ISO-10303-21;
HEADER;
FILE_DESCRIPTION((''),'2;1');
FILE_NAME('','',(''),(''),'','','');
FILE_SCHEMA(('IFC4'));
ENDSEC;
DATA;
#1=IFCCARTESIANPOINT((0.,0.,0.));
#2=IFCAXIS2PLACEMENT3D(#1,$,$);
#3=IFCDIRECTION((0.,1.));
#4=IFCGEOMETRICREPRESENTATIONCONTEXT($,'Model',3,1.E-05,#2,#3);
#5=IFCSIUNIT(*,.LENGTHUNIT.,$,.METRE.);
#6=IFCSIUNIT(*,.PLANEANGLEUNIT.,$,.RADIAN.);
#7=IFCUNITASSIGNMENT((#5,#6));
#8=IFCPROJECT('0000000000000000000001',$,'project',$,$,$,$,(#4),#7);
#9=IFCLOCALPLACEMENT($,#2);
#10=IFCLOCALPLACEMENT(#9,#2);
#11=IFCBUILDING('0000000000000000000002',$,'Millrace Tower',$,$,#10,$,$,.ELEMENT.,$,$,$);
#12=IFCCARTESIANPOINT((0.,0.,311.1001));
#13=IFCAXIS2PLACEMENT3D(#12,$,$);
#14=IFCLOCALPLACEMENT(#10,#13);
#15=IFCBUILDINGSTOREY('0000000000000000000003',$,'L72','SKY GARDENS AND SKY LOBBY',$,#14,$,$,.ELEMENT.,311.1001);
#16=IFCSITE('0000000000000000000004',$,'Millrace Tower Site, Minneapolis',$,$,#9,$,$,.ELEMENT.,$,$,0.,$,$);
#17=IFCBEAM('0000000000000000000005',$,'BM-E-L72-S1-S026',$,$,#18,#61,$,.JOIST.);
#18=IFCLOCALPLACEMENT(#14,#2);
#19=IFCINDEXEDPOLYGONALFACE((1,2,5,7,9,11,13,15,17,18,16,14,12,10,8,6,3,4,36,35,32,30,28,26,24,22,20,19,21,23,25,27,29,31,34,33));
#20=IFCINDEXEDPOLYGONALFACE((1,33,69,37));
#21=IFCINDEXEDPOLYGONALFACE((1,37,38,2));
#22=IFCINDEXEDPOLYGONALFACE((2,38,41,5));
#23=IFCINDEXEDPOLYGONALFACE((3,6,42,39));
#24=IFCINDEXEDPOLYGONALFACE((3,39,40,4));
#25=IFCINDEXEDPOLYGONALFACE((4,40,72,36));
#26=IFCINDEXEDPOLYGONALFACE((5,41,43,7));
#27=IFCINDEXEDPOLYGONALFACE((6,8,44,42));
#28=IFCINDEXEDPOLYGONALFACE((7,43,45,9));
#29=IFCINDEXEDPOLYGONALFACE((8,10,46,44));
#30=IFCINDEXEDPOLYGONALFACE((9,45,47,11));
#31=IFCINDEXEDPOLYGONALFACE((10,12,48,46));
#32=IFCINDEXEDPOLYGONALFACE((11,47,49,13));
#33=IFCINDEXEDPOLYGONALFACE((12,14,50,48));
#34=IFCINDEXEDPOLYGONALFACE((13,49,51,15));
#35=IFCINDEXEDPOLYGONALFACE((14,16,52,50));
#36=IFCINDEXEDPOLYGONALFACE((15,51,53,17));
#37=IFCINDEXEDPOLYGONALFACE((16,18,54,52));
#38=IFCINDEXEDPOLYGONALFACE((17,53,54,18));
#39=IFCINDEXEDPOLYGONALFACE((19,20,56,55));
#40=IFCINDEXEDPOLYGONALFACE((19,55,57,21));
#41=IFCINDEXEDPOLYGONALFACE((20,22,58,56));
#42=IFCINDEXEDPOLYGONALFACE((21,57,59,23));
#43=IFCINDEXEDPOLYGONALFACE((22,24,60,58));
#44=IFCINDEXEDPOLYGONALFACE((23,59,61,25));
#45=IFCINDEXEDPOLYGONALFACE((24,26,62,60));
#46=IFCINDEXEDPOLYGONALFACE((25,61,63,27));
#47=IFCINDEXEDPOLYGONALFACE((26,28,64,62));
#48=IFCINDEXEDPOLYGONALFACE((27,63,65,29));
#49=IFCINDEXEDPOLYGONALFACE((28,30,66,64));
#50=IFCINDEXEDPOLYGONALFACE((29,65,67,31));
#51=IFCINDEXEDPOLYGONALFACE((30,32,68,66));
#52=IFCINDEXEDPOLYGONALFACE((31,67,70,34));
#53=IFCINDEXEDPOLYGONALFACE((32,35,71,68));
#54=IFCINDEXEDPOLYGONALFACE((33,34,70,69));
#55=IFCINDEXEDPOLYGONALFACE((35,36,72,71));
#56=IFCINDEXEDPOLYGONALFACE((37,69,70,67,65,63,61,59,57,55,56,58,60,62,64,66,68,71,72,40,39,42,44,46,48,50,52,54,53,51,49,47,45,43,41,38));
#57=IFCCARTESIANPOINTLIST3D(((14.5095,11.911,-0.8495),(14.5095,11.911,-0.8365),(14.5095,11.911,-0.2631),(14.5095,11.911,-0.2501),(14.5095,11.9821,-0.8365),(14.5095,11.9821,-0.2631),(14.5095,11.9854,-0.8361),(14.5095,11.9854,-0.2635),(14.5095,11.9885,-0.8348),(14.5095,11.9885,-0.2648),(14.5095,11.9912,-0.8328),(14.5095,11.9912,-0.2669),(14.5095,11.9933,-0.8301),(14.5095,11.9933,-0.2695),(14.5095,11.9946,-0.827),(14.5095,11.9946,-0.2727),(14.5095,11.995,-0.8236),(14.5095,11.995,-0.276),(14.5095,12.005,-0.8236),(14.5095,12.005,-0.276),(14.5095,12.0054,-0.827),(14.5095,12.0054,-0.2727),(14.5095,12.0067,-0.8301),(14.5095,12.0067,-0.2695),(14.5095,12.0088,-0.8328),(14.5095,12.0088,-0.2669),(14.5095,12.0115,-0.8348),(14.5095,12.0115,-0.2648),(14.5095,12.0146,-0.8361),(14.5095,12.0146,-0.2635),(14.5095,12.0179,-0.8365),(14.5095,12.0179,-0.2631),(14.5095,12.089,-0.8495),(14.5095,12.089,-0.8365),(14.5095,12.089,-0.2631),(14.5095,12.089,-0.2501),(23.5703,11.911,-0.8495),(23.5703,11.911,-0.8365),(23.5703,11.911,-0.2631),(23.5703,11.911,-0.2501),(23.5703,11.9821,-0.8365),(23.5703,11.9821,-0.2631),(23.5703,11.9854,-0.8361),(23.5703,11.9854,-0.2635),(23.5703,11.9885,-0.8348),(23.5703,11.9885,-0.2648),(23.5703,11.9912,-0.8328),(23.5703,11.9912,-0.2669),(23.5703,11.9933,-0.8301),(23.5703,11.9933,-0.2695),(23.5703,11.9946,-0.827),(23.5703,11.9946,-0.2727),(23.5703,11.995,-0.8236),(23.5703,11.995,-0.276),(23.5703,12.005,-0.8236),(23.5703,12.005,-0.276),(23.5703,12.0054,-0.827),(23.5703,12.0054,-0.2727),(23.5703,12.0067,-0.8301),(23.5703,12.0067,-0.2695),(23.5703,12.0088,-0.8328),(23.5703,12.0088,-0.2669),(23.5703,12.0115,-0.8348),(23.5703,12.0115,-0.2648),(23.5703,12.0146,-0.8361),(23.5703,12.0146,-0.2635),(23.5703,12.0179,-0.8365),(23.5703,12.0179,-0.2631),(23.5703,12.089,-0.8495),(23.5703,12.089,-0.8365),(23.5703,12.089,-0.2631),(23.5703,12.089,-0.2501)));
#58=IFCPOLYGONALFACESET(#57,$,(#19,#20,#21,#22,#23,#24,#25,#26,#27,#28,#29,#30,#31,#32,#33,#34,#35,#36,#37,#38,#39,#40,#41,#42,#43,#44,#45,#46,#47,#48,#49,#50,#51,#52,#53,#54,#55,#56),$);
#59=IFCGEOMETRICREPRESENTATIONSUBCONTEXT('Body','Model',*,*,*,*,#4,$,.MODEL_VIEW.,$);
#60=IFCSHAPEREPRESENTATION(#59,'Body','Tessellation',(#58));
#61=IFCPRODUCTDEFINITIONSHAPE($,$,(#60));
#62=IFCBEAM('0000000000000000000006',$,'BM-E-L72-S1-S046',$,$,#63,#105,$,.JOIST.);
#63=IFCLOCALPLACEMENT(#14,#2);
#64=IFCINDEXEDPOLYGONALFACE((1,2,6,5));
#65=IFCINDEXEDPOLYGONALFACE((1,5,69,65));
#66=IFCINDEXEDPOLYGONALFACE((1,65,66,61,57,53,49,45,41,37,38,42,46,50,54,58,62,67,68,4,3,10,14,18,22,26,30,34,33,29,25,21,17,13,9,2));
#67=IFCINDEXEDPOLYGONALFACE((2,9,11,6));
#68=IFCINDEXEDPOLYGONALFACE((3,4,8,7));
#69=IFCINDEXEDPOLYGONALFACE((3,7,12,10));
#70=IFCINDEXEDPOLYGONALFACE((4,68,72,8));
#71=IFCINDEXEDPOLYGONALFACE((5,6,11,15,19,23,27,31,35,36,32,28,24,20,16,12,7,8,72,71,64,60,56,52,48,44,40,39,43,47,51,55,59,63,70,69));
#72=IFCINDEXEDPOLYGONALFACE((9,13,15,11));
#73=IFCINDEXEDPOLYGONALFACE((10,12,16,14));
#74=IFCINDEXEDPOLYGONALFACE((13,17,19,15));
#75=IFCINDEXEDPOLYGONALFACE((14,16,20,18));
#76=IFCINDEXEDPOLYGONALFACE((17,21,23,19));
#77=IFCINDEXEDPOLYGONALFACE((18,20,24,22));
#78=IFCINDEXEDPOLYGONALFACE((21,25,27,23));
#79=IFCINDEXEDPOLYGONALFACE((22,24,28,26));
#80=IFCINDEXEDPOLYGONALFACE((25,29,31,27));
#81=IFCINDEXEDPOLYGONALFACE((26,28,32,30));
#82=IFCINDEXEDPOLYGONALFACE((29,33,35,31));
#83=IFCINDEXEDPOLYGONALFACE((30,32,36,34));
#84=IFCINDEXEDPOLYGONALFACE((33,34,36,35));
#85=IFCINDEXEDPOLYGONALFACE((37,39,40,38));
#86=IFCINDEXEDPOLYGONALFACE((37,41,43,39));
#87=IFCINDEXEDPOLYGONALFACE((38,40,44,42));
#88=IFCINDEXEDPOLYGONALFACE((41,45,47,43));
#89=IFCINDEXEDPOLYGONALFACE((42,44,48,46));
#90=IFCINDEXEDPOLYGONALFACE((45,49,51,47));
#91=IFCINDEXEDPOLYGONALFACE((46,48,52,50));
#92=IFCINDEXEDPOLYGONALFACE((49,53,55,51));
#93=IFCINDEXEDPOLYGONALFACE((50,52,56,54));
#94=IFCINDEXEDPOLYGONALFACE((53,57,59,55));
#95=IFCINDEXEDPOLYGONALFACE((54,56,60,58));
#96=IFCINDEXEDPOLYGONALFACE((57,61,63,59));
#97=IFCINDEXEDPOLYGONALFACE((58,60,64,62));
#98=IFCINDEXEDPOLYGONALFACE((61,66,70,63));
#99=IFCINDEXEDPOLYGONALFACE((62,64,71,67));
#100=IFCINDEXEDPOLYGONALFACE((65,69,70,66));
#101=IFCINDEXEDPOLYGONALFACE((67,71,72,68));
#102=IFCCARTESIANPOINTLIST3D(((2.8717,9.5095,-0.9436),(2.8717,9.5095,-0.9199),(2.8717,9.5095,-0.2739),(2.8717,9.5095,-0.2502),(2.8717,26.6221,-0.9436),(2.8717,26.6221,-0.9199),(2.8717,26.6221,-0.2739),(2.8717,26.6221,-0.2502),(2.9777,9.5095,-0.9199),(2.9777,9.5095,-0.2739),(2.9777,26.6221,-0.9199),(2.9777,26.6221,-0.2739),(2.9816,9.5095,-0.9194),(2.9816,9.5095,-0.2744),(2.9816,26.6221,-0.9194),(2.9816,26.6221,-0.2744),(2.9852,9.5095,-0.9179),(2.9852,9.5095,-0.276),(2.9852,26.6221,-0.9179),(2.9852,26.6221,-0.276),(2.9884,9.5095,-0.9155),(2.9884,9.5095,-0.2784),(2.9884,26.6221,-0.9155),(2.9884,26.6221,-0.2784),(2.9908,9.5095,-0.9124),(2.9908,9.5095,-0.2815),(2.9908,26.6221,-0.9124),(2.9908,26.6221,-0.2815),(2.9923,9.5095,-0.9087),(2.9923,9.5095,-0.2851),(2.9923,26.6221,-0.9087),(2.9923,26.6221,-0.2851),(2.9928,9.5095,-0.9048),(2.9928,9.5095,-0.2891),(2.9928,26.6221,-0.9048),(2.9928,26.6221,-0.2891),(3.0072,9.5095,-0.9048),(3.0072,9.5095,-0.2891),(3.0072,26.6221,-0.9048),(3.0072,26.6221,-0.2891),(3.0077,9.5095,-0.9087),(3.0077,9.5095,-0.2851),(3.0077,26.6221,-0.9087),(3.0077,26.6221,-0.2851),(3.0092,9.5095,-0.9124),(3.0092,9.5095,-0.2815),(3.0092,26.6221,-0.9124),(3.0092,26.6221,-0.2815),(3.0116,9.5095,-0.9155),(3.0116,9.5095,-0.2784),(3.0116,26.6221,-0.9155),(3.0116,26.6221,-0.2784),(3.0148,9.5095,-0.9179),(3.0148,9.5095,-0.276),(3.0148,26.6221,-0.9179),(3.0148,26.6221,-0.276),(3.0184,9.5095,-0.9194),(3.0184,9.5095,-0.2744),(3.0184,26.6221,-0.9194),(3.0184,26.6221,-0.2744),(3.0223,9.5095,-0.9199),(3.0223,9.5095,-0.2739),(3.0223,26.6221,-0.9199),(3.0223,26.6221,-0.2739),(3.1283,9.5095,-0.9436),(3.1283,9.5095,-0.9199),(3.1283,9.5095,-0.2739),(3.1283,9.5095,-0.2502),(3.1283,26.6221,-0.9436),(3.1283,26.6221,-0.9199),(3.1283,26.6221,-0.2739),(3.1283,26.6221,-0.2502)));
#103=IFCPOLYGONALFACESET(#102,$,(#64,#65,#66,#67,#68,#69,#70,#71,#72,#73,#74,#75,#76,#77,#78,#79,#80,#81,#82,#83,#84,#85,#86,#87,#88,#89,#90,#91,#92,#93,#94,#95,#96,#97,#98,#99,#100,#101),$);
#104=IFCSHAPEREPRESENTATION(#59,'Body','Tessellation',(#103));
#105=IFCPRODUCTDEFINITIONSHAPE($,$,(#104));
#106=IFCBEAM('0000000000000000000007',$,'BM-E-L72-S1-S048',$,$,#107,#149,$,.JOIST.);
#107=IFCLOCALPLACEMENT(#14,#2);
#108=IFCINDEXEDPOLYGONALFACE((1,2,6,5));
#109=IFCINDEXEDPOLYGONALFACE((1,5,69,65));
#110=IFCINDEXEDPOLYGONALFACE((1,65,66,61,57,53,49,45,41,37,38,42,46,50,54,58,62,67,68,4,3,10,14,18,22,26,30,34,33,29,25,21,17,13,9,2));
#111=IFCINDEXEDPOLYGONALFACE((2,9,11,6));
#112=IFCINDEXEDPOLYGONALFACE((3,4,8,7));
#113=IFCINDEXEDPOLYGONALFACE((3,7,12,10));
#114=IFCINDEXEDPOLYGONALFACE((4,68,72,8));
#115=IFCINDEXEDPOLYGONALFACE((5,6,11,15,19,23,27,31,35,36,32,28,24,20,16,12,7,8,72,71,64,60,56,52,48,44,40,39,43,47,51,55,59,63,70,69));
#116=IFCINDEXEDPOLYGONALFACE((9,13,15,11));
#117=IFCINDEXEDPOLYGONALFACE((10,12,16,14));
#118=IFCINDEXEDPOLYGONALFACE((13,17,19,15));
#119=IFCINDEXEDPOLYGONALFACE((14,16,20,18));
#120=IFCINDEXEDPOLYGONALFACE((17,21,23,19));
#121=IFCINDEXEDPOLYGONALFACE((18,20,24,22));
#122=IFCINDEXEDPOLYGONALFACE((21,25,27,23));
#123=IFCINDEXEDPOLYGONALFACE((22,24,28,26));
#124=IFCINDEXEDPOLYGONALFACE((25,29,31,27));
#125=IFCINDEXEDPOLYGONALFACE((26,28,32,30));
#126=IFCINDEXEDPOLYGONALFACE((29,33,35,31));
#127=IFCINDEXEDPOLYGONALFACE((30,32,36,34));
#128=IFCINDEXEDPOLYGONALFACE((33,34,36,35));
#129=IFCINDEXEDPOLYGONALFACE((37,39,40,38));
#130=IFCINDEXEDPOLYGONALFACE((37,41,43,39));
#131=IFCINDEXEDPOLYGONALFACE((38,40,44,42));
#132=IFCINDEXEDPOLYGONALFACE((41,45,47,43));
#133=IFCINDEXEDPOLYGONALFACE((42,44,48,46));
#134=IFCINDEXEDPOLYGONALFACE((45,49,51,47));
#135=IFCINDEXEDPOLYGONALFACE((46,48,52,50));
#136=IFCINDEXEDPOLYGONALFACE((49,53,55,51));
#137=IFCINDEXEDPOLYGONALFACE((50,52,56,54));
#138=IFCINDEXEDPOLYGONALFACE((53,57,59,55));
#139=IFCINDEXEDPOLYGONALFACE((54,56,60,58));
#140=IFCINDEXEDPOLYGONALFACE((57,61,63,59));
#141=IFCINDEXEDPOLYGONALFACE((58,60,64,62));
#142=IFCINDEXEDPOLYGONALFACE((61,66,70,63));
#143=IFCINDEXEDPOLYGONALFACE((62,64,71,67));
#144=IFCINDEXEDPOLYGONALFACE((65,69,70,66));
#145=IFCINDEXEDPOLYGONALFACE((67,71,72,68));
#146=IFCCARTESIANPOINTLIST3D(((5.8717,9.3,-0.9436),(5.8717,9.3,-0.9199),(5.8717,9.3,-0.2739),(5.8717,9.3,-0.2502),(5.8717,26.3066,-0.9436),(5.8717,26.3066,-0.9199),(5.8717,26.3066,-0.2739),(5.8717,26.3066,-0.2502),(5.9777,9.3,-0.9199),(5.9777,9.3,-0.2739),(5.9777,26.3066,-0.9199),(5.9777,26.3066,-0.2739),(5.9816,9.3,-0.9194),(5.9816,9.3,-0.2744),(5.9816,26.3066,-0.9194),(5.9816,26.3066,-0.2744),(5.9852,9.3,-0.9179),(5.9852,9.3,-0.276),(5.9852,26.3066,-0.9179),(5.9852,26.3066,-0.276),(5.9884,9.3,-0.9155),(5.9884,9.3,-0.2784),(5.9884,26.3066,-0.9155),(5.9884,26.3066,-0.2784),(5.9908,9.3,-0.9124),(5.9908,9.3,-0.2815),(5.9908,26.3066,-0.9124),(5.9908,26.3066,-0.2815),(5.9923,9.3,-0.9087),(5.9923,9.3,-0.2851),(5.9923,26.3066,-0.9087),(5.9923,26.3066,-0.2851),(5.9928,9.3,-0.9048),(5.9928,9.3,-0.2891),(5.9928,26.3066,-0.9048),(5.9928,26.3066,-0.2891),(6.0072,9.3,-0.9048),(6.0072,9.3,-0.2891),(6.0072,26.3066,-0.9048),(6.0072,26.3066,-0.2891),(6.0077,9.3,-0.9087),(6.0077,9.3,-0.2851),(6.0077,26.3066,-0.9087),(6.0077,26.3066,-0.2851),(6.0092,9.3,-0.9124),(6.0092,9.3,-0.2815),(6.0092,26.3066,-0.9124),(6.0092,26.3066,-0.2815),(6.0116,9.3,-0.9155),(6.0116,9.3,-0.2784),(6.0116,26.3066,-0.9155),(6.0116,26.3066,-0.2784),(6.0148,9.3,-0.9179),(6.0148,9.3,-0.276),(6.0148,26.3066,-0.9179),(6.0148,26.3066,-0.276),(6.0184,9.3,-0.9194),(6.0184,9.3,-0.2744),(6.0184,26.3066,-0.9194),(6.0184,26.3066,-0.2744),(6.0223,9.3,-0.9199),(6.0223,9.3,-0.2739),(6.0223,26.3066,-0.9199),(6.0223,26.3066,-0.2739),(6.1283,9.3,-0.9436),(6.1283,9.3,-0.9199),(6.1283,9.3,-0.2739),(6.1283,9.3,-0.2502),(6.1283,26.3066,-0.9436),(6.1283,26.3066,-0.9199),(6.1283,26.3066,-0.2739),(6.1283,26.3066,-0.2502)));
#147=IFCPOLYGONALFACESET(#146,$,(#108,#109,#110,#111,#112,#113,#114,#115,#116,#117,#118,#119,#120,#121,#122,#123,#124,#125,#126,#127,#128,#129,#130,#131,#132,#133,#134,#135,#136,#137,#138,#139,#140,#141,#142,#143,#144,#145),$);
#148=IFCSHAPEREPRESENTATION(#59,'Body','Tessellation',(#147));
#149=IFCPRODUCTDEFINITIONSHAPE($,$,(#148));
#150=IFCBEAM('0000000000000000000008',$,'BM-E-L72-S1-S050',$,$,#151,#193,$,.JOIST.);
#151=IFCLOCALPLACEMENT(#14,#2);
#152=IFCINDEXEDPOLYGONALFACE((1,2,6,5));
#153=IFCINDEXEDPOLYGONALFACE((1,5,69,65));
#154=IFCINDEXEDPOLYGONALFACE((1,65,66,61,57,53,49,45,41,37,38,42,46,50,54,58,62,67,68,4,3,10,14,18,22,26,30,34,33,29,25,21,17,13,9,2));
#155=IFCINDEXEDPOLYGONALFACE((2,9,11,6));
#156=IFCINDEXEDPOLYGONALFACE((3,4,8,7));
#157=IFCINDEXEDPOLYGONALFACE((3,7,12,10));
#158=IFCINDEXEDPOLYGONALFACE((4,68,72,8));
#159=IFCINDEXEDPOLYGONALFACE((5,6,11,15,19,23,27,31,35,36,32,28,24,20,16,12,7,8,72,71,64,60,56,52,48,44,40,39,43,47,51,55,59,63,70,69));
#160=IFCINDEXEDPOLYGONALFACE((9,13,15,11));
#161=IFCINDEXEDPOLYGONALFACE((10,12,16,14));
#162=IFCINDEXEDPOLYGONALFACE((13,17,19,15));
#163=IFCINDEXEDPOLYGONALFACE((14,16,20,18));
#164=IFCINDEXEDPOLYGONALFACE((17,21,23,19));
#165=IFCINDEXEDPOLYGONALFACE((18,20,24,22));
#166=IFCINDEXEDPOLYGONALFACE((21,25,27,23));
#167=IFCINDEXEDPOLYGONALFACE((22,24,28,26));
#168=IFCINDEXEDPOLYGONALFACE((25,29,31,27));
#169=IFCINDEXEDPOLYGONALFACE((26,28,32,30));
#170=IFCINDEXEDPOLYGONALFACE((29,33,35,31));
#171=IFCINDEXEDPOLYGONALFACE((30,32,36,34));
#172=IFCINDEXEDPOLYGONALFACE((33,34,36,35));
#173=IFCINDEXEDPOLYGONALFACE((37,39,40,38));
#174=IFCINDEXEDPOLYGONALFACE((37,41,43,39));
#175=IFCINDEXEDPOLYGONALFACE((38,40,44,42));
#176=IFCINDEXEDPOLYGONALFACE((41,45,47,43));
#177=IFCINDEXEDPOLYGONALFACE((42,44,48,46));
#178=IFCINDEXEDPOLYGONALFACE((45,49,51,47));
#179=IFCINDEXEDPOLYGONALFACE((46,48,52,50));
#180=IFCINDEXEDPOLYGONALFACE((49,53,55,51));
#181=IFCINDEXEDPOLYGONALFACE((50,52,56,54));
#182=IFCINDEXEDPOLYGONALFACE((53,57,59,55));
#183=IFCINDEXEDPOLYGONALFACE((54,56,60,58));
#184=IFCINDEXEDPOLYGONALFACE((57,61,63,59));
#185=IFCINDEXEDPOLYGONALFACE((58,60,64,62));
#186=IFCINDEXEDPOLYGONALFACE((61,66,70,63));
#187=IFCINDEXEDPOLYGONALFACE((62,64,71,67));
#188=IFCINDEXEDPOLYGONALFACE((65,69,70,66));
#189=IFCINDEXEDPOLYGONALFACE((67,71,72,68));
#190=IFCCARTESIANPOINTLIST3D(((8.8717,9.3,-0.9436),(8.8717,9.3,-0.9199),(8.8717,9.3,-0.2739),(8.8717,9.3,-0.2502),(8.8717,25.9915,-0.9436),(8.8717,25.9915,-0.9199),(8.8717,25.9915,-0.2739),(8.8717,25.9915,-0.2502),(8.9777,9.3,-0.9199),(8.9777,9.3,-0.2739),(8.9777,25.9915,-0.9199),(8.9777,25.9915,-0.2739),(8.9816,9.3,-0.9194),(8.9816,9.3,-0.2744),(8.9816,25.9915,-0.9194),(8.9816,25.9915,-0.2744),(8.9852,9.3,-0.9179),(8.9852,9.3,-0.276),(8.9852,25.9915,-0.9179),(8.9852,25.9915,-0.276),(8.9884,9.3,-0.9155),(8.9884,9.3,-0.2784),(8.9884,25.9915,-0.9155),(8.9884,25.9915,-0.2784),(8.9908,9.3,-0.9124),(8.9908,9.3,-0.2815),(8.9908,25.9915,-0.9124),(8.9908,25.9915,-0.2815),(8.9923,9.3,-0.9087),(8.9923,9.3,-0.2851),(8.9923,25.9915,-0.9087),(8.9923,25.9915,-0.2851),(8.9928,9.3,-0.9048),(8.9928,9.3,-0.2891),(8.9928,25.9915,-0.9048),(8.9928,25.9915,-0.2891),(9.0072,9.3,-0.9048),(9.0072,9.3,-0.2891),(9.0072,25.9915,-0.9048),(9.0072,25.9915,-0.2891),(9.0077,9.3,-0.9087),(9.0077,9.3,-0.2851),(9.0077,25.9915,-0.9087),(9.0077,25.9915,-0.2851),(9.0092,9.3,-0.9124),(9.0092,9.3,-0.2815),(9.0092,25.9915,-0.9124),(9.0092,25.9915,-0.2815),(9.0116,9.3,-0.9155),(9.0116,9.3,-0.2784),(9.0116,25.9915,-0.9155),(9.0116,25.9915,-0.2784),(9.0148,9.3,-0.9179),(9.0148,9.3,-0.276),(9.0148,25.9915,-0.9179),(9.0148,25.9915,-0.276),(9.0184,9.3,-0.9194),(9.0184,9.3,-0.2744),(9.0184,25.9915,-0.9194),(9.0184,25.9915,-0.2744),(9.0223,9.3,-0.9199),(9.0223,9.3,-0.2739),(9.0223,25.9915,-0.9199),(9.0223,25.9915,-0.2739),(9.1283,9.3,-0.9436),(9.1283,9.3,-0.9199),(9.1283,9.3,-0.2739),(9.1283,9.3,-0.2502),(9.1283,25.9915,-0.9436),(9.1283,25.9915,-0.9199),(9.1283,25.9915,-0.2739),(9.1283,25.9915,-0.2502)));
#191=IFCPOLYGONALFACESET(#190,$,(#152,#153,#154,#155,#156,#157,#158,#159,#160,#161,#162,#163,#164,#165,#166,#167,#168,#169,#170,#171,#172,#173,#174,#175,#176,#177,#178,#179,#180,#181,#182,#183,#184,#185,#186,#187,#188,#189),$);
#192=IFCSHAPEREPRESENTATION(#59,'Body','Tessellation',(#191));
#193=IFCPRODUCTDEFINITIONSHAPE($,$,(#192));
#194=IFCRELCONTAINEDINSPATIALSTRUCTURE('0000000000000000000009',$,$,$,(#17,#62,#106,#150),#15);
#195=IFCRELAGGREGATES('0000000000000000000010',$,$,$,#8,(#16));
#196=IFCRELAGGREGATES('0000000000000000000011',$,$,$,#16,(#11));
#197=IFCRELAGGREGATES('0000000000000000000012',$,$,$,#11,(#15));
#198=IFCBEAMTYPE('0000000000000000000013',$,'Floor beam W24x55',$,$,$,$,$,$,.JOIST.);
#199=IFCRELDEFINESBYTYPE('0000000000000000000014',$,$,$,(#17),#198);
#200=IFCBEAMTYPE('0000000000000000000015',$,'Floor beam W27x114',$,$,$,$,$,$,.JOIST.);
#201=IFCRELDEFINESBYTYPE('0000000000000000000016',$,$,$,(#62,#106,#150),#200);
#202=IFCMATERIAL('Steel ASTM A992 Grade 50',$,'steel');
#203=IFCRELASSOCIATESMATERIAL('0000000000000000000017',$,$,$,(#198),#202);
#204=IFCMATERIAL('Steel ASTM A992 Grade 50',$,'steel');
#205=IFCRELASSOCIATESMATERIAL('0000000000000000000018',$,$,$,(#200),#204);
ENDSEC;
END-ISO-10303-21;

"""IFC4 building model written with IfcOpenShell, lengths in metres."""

from ifc_helpers import new_model, si_unit, direction, frame, origin, origin_2d, place, context, subcontext, project, spatial, i_section, extrude, material, material_profile, profile_set, type_object, element, save


model = new_model("IFC4")

# Units and contexts
model_context = context("Model", 3, precision=1e-05, world=origin(), true_north=direction((0.0, 1.0)))
body_context = subcontext(model_context, "Body", "Model", "MODEL_VIEW")
ifc_project = project(units=[si_unit("LENGTHUNIT", "METRE"), si_unit("PLANEANGLEUNIT", "RADIAN")], contexts=[model_context])

# Site, building, storey
site_placement = place(None, origin())
site = spatial("IfcSite", under=ifc_project, at=site_placement, Name="Millrace Tower Site, Minneapolis", CompositionType="ELEMENT", RefElevation=0.0)
building_placement = place(site_placement, origin())
building = spatial("IfcBuilding", under=site, at=building_placement, Name="Millrace Tower", CompositionType="ELEMENT")
storey_placement = place(building_placement, frame((0.0, 0.0, 311.1001)))
storey = spatial("IfcBuildingStorey", under=building, at=storey_placement, Name="L72", Description="SKY GARDENS AND SKY LOBBY", CompositionType="ELEMENT", Elevation=311.1001)

# Beams
ifc_material_1 = material(Name="Steel ASTM A992 Grade 50", Category="steel")
ifc_material_profile_1 = material_profile(ifc_material_1, i_section(OverallWidth=0.178, OverallDepth=0.5994, WebThickness=0.01, FlangeThickness=0.0129, FilletRadius=0.0129, at=origin_2d()))
ifc_profile_set_1 = profile_set([ifc_material_profile_1], Name="Steel ASTM A992 Grade 50")
beam_type_1 = type_object("IfcBeamType", Name="Floor beam W24x55", PredefinedType="JOIST", material=ifc_profile_set_1)
beam_1_placement = place(storey_placement, frame((14.5095, 12.0, -0.5498), z_axis=(1.0, 0.0, 0.0), x_axis=(0.0, 1.0, 0.0)))
element("IfcBeam", 1, at=beam_1_placement, inside=storey, type_object=beam_type_1, Name="BM-E-L72-S1-S026", PredefinedType="JOIST", context=body_context, shape_type="SweptSolid", body=[
    extrude(i_section(OverallWidth=0.178, OverallDepth=0.5994, WebThickness=0.01, FlangeThickness=0.0129, FilletRadius=0.0129, at=origin_2d()), origin(), (0.0, 0.0, 1.0), 9.0608),
])
ifc_material_2 = material(Name="Steel ASTM A992 Grade 50", Category="steel")
ifc_material_profile_2 = material_profile(ifc_material_2, i_section(OverallWidth=0.2566, OverallDepth=0.6934, WebThickness=0.0144, FlangeThickness=0.0237, FilletRadius=0.0151, at=origin_2d()))
ifc_profile_set_2 = profile_set([ifc_material_profile_2], Name="Steel ASTM A992 Grade 50")
beam_type_2 = type_object("IfcBeamType", Name="Floor beam W27x114", PredefinedType="JOIST", material=ifc_profile_set_2)
beam_2_placement = place(storey_placement, frame((3.0, 9.5095, -0.5969), z_axis=(0.0, 1.0, 0.0), x_axis=(-1.0, 0.0, 0.0)))
element("IfcBeam", 2, at=beam_2_placement, inside=storey, type_object=beam_type_2, Name="BM-E-L72-S1-S046", PredefinedType="JOIST", context=body_context, shape_type="SweptSolid", body=[
    extrude(i_section(OverallWidth=0.2566, OverallDepth=0.6934, WebThickness=0.0144, FlangeThickness=0.0237, FilletRadius=0.0151, at=origin_2d()), origin(), (0.0, 0.0, 1.0), 17.1125),
])
beam_3_placement = place(storey_placement, frame((6.0, 9.3, -0.5969), z_axis=(0.0, 1.0, 0.0), x_axis=(-1.0, 0.0, 0.0)))
element("IfcBeam", 3, at=beam_3_placement, inside=storey, type_object=beam_type_2, Name="BM-E-L72-S1-S048", PredefinedType="JOIST", context=body_context, shape_type="SweptSolid", body=[
    extrude(i_section(OverallWidth=0.2566, OverallDepth=0.6934, WebThickness=0.0144, FlangeThickness=0.0237, FilletRadius=0.0151, at=origin_2d()), origin(), (0.0, 0.0, 1.0), 17.0066),
])
beam_4_placement = place(storey_placement, frame((9.0, 9.3, -0.5969), z_axis=(0.0, 1.0, 0.0), x_axis=(-1.0, 0.0, 0.0)))
element("IfcBeam", 4, at=beam_4_placement, inside=storey, type_object=beam_type_2, Name="BM-E-L72-S1-S050", PredefinedType="JOIST", context=body_context, shape_type="SweptSolid", body=[
    extrude(i_section(OverallWidth=0.2566, OverallDepth=0.6934, WebThickness=0.0144, FlangeThickness=0.0237, FilletRadius=0.0151, at=origin_2d()), origin(), (0.0, 0.0, 1.0), 16.6914),
])

save(model, "model.ifc")
